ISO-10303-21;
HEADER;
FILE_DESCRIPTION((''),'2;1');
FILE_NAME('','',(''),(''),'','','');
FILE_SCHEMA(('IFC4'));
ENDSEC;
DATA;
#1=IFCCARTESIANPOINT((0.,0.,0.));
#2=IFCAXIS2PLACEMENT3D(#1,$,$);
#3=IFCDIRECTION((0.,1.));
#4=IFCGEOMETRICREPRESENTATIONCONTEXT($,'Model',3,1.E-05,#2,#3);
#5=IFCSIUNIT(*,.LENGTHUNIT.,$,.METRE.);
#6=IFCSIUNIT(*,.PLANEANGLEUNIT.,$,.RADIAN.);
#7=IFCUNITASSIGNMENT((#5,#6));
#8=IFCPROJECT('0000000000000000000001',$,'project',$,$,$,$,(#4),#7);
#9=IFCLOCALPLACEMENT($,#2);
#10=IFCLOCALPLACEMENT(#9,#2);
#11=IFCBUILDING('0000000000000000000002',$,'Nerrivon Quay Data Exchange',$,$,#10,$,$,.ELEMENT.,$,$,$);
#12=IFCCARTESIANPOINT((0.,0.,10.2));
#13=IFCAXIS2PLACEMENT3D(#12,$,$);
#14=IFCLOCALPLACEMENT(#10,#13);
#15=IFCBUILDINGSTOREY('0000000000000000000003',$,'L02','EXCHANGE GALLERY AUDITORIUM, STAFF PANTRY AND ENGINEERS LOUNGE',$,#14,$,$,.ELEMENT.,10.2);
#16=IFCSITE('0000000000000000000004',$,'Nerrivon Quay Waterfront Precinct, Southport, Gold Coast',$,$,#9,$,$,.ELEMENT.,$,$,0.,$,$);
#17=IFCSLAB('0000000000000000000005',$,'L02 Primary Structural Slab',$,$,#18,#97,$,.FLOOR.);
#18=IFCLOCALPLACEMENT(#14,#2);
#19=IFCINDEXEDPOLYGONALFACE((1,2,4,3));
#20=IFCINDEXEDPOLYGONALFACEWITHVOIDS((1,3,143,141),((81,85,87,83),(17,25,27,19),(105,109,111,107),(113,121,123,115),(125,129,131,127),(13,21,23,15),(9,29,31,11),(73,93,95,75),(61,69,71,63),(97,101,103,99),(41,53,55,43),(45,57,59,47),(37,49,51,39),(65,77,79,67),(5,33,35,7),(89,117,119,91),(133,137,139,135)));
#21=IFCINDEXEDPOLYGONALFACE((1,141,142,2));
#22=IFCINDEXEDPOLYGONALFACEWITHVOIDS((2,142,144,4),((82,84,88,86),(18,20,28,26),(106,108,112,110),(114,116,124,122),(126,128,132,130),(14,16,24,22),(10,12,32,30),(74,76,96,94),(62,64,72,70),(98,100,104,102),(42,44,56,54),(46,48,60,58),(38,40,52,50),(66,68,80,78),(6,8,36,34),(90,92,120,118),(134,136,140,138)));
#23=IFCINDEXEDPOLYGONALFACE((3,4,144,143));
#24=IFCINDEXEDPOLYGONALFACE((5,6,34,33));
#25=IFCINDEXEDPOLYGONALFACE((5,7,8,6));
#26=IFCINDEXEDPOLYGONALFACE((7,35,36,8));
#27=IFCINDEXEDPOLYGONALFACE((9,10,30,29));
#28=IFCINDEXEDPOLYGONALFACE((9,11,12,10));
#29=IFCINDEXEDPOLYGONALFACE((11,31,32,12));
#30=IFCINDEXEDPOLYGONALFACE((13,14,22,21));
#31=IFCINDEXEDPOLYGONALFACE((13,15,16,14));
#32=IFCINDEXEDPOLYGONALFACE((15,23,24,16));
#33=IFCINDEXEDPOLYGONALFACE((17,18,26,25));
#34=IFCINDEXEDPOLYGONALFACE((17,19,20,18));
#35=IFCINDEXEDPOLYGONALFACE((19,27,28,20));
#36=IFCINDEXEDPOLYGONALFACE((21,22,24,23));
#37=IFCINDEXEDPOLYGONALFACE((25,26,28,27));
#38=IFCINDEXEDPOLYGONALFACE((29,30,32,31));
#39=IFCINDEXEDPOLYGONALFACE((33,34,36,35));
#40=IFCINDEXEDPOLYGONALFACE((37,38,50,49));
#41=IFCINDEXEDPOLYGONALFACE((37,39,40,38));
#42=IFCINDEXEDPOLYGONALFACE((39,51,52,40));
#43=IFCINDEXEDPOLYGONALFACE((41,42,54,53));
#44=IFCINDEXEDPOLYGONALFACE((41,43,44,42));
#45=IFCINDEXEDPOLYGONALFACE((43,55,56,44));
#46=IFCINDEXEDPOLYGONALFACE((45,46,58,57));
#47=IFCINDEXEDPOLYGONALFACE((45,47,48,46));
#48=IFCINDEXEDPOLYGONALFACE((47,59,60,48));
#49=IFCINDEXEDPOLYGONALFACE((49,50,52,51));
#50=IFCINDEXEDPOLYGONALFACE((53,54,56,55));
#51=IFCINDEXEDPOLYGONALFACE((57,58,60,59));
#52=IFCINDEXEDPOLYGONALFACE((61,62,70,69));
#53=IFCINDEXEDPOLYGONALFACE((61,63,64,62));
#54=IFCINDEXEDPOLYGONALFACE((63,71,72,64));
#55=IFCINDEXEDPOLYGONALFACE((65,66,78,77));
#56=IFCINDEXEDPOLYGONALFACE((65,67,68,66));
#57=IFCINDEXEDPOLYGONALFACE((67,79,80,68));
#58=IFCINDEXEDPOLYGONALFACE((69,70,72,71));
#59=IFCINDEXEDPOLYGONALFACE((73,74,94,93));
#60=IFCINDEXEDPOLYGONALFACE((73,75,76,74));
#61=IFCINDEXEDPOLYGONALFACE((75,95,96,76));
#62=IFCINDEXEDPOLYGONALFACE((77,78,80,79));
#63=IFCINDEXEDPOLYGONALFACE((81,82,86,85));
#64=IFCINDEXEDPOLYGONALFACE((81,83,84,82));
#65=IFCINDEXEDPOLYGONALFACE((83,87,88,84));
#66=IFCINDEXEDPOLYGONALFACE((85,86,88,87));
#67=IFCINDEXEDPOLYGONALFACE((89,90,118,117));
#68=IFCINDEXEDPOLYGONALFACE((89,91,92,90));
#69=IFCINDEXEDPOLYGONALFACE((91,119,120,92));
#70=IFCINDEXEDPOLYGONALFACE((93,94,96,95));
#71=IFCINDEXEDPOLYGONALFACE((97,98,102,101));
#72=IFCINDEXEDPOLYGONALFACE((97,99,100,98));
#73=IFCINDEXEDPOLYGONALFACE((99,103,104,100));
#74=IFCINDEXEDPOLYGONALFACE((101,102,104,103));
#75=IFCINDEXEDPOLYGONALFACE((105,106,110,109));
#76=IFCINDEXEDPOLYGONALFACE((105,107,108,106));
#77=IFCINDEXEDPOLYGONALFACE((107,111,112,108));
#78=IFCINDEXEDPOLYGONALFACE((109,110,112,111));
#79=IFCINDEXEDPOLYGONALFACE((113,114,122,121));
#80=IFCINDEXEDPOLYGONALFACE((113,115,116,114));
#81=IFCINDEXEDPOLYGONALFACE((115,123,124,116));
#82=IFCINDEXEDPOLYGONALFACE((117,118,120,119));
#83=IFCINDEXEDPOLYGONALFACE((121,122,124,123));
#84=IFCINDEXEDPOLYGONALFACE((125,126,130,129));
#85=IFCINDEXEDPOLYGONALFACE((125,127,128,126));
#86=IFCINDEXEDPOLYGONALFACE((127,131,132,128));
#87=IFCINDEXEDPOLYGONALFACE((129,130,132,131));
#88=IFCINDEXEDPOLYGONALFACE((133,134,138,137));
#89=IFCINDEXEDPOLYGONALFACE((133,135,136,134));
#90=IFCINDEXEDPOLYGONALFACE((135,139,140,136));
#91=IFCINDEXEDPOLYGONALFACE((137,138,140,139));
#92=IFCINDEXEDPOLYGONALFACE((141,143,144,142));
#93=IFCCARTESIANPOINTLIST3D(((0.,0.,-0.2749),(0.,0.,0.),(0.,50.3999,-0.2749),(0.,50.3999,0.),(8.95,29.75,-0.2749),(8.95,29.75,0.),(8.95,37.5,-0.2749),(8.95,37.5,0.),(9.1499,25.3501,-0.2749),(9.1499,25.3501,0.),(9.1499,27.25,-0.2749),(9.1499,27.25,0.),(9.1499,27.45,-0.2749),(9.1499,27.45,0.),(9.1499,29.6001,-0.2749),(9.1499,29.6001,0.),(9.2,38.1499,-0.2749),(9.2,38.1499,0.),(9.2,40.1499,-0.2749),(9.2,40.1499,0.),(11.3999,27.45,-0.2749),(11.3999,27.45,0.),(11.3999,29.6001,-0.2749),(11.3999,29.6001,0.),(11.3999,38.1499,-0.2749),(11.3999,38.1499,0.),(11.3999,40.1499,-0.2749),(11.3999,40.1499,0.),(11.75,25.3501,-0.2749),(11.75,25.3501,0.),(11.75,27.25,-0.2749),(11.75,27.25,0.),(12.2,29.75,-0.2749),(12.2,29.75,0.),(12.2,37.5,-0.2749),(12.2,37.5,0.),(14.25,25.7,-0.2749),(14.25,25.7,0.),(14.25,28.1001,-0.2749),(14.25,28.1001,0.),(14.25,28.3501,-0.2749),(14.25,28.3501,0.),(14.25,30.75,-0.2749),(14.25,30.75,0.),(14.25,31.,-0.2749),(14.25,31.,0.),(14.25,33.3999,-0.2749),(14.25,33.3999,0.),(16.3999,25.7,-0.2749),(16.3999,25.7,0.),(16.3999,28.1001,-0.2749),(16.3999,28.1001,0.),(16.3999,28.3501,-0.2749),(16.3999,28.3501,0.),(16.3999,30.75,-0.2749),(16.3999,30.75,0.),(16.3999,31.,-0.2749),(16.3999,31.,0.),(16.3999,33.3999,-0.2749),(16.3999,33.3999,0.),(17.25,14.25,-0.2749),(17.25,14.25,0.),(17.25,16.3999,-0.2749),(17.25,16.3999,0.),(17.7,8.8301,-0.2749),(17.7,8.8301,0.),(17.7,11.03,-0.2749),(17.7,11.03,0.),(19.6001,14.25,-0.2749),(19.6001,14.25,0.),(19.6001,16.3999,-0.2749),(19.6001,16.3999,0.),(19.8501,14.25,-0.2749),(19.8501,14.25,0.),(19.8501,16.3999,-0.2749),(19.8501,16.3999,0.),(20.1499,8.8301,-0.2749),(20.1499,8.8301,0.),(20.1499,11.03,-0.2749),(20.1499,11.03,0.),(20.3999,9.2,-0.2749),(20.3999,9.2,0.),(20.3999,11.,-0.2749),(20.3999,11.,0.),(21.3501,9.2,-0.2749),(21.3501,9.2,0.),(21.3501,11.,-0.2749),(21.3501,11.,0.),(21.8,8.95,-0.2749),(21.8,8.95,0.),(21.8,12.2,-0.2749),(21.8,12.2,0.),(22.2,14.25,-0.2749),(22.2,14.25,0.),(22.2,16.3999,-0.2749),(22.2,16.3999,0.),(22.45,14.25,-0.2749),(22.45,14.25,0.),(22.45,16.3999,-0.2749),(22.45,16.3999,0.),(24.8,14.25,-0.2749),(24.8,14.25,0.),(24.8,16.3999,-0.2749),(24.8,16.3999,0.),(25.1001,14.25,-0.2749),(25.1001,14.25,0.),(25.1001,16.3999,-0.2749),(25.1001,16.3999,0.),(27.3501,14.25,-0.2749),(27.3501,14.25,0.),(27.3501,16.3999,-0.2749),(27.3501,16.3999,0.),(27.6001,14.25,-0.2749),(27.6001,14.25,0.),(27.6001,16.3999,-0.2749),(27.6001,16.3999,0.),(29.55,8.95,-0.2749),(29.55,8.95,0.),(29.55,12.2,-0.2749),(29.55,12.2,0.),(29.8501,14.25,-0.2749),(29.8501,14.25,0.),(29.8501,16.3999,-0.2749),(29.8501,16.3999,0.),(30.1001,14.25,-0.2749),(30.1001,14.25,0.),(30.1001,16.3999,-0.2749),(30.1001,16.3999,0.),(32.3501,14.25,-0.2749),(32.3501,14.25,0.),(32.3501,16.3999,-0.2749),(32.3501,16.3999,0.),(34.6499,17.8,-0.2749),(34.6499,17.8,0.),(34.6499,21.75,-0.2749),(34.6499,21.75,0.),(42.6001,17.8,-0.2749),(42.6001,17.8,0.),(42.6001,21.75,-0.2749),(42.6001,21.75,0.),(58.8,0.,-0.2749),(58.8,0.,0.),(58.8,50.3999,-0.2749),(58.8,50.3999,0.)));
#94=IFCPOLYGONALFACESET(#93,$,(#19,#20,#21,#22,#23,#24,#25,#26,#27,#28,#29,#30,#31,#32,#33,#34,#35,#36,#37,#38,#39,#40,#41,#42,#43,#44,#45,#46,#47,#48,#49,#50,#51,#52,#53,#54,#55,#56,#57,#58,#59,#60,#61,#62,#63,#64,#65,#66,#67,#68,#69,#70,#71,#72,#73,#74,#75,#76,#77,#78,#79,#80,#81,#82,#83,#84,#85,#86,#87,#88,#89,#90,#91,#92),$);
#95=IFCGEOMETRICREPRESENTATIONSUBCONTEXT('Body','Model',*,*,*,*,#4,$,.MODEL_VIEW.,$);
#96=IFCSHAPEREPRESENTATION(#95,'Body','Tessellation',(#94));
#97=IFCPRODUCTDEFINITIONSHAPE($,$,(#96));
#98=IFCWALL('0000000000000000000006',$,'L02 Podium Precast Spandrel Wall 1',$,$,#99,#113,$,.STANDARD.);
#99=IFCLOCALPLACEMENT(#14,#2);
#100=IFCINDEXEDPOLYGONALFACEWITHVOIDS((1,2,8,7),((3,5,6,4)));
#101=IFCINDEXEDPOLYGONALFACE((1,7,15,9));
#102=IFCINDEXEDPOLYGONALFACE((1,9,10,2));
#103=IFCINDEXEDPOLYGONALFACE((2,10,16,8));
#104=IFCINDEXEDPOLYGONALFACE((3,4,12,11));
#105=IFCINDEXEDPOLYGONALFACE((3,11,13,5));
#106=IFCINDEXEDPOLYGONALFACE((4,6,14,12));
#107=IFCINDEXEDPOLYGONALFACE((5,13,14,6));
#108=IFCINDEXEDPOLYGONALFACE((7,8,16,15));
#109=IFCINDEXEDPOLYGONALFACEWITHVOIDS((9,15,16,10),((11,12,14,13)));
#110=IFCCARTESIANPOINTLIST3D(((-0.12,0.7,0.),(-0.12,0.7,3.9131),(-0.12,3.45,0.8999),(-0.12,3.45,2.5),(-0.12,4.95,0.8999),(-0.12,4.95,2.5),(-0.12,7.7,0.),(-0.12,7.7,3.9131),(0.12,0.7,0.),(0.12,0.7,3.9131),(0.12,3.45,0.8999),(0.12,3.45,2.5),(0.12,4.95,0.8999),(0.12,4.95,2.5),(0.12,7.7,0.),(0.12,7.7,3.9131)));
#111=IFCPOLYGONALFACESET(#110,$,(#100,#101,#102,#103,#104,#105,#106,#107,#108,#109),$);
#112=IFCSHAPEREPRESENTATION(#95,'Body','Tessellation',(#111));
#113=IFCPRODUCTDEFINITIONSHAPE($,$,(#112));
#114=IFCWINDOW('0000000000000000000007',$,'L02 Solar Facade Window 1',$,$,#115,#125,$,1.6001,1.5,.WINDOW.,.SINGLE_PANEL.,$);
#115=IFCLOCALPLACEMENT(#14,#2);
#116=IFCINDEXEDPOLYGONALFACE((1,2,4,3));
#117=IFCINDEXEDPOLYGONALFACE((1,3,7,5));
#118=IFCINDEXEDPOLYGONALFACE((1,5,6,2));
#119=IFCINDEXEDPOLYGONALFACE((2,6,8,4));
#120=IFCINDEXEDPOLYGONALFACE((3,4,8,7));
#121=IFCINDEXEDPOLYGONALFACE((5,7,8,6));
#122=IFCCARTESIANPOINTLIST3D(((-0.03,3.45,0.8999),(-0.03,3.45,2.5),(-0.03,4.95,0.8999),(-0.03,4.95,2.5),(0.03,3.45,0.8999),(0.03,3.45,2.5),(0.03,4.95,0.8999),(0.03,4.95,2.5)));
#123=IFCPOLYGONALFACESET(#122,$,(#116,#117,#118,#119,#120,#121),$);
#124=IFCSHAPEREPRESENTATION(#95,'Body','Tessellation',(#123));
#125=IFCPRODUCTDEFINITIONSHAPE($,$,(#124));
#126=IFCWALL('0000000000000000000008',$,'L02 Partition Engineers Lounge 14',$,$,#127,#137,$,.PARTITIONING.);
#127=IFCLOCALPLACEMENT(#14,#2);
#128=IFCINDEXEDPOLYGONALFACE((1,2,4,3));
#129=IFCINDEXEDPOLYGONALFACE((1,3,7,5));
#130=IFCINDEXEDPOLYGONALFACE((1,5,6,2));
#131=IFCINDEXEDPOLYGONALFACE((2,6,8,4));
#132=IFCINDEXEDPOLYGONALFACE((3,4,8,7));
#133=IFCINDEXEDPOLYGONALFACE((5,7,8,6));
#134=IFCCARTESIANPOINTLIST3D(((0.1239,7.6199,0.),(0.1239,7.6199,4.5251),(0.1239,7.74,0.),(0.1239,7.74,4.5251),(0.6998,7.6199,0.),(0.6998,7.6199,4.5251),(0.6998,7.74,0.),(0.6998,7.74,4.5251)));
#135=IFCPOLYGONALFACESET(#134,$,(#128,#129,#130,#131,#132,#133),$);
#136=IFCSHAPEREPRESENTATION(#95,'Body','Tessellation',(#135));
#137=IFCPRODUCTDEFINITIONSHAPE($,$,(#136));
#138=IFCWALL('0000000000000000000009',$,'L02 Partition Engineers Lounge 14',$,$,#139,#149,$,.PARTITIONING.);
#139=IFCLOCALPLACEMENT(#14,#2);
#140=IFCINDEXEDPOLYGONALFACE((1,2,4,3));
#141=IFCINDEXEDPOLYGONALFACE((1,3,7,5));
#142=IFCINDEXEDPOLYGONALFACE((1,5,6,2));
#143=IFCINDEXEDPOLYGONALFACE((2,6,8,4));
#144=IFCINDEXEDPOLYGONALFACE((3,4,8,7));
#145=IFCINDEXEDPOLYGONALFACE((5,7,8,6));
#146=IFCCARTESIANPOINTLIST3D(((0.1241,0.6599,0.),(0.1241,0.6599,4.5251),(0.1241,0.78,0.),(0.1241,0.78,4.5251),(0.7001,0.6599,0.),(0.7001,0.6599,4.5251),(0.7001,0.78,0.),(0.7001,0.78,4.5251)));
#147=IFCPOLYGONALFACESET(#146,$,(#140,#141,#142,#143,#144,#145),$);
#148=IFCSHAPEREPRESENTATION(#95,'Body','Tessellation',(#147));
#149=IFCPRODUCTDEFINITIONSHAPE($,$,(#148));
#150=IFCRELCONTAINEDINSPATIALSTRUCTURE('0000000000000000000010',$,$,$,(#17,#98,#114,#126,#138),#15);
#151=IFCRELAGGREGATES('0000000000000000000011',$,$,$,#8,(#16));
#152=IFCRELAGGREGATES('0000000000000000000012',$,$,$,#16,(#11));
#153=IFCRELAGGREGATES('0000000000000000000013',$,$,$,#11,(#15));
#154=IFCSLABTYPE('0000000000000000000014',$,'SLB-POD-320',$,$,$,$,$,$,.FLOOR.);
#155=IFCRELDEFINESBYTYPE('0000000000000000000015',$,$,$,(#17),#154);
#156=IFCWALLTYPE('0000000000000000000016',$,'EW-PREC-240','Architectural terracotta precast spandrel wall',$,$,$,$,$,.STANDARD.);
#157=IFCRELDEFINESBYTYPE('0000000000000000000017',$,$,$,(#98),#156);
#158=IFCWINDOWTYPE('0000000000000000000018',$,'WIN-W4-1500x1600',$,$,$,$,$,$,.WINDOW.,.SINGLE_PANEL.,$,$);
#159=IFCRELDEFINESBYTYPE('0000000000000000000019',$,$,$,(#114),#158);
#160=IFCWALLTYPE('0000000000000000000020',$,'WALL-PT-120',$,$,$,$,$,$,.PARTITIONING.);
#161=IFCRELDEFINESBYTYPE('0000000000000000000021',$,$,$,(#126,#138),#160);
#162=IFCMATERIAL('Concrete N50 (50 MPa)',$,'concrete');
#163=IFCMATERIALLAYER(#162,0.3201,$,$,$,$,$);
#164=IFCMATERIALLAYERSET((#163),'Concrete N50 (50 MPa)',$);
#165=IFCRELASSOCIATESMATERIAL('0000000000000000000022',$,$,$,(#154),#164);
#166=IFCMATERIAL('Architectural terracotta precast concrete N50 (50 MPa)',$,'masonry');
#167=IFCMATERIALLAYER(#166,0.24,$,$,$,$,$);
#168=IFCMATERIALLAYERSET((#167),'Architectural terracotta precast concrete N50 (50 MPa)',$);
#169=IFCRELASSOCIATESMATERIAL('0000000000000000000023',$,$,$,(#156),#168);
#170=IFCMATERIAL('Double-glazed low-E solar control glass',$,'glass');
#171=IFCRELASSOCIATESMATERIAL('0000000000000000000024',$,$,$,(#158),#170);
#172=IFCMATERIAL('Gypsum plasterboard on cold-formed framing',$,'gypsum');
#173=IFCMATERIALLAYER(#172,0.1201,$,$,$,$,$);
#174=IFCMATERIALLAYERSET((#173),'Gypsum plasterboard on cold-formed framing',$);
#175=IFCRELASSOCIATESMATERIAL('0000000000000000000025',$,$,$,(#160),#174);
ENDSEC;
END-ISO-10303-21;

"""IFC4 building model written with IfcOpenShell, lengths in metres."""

from ifc_helpers import new_model, si_unit, direction, frame, frame_2d, origin, place, context, subcontext, project, spatial, polyline, rectangle, outline, extrude, material, layer, layer_set, type_object, element, fill, save


model = new_model("IFC4")

# Units and contexts
model_context = context("Model", 3, precision=1e-05, world=origin(), true_north=direction((0.0, 1.0)))
body_context = subcontext(model_context, "Body", "Model", "MODEL_VIEW")
ifc_project = project(units=[si_unit("LENGTHUNIT", "METRE"), si_unit("PLANEANGLEUNIT", "RADIAN")], contexts=[model_context])

# Site, building, storey
site_placement = place(None, origin())
site = spatial("IfcSite", under=ifc_project, at=site_placement, Name="Nerrivon Quay Waterfront Precinct, Southport, Gold Coast", CompositionType="ELEMENT", RefElevation=0.0)
building_placement = place(site_placement, origin())
building = spatial("IfcBuilding", under=site, at=building_placement, Name="Nerrivon Quay Data Exchange", CompositionType="ELEMENT")
storey_placement = place(building_placement, frame((0.0, 0.0, 10.2)))
storey = spatial("IfcBuildingStorey", under=building, at=storey_placement, Name="L02", Description="EXCHANGE GALLERY AUDITORIUM, STAFF PANTRY AND ENGINEERS LOUNGE", CompositionType="ELEMENT", Elevation=10.2)

# Shared definitions
ifc_material_1 = material(Name="Concrete N50 (50 MPa)", Category="concrete")

# Slab
ifc_layer_1 = layer(ifc_material_1, 0.3201)
ifc_layer_set_1 = layer_set([ifc_layer_1], Name="Concrete N50 (50 MPa)")
slab_type_1 = type_object("IfcSlabType", Name="SLB-POD-320", PredefinedType="FLOOR", material=ifc_layer_set_1)
slab_1_placement = place(storey_placement, frame((0.0, 0.0, -0.2749)))
element("IfcSlab", 1, at=slab_1_placement, inside=storey, type_object=slab_type_1, Name="L02 Primary Structural Slab", PredefinedType="FLOOR", context=body_context, shape_type="SweptSolid", body=[
    extrude(outline(polyline([(58.8, 0.0), (58.8, 50.3999), (0.0, 50.3999), (0.0, 0.0), (58.8, 0.0)]), holes=[polyline([(8.95, 29.75), (8.95, 37.5), (12.2, 37.5), (12.2, 29.75), (8.95, 29.75)]), polyline([(21.8, 12.2), (29.55, 12.2), (29.55, 8.95), (21.8, 8.95), (21.8, 12.2)]), polyline([(34.6499, 21.75), (42.6001, 21.75), (42.6001, 17.8), (34.6499, 17.8), (34.6499, 21.75)]), polyline([(30.1001, 16.3999), (32.3501, 16.3999), (32.3501, 14.25), (30.1001, 14.25), (30.1001, 16.3999)]), polyline([(27.6001, 16.3999), (29.8501, 16.3999), (29.8501, 14.25), (27.6001, 14.25), (27.6001, 16.3999)]), polyline([(25.1001, 16.3999), (27.3501, 16.3999), (27.3501, 14.25), (25.1001, 14.25), (25.1001, 16.3999)]), polyline([(22.45, 16.3999), (24.8, 16.3999), (24.8, 14.25), (22.45, 14.25), (22.45, 16.3999)]), polyline([(19.8501, 16.3999), (22.2, 16.3999), (22.2, 14.25), (19.8501, 14.25), (19.8501, 16.3999)]), polyline([(20.3999, 11.0), (21.3501, 11.0), (21.3501, 9.2), (20.3999, 9.2), (20.3999, 11.0)]), polyline([(17.7, 8.8301), (17.7, 11.03), (20.1499, 11.03), (20.1499, 8.8301), (17.7, 8.8301)]), polyline([(17.25, 14.25), (17.25, 16.3999), (19.6001, 16.3999), (19.6001, 14.25), (17.25, 14.25)]), polyline([(14.25, 28.1001), (16.3999, 28.1001), (16.3999, 25.7), (14.25, 25.7), (14.25, 28.1001)]), polyline([(14.25, 30.75), (16.3999, 30.75), (16.3999, 28.3501), (14.25, 28.3501), (14.25, 30.75)]), polyline([(14.25, 33.3999), (16.3999, 33.3999), (16.3999, 31.0), (14.25, 31.0), (14.25, 33.3999)]), polyline([(9.1499, 27.25), (11.75, 27.25), (11.75, 25.3501), (9.1499, 25.3501), (9.1499, 27.25)]), polyline([(9.1499, 29.6001), (11.3999, 29.6001), (11.3999, 27.45), (9.1499, 27.45), (9.1499, 29.6001)]), polyline([(9.2, 40.1499), (11.3999, 40.1499), (11.3999, 38.1499), (9.2, 38.1499), (9.2, 40.1499)])]), origin(), (0.0, 0.0, 1.0), 0.2749),
])

# Wall, opening, window
ifc_material_2 = material(Name="Architectural terracotta precast concrete N50 (50 MPa)", Category="masonry")
ifc_layer_2 = layer(ifc_material_2, 0.24)
ifc_layer_set_2 = layer_set([ifc_layer_2], Name="Architectural terracotta precast concrete N50 (50 MPa)")
wall_type_1 = type_object("IfcWallType", Name="EW-PREC-240", Description="Architectural terracotta precast spandrel wall", PredefinedType="STANDARD", material=ifc_layer_set_2)
wall_placement = place(storey_placement, frame((0.0, 0.7, 0.0), z_axis=(0.0, 0.0, 1.0), x_axis=(0.0, 1.0, 0.0)))
wall = element("IfcWall", 2, at=wall_placement, inside=storey, type_object=wall_type_1, Name="L02 Podium Precast Spandrel Wall 1", PredefinedType="STANDARD", context=body_context, shape_type="SweptSolid", body=[
    extrude(rectangle(XDim=7.0, YDim=0.24, at=frame_2d((3.5, 0.0))), origin(), (0.0, 0.0, 1.0), 3.9131),
])
opening_placement = place(wall_placement, frame((2.75, 0.0, 0.8999)))
opening = element("IfcOpeningElement", 3, at=opening_placement, cuts=wall, PredefinedType="OPENING", context=body_context, shape_type="SweptSolid", body=[
    extrude(rectangle(XDim=1.5, YDim=1.6001, at=frame_2d((0.75, 0.8))), frame((0.0, 0.1299, 0.0), z_axis=(0.0, -1.0, 0.0), x_axis=(1.0, 0.0, 0.0)), (0.0, 0.0, 1.0), 0.26),
])
ifc_material_3 = material(Name="Double-glazed low-E solar control glass", Category="glass")
window_type = type_object("IfcWindowType", Name="WIN-W4-1500x1600", PartitioningType="SINGLE_PANEL", PredefinedType="WINDOW", material=ifc_material_3)
window_placement = place(opening_placement, origin())
window = element("IfcWindow", 4, at=window_placement, inside=storey, type_object=window_type, Name="L02 Solar Facade Window 1", OverallHeight=1.6001, OverallWidth=1.5, PartitioningType="SINGLE_PANEL", PredefinedType="WINDOW", context=body_context, shape_type="SweptSolid", body=[
    extrude(rectangle(XDim=1.5, YDim=1.6001, at=frame_2d((0.75, 0.8))), frame((0.0, 0.03, 0.0), z_axis=(0.0, -1.0, 0.0), x_axis=(1.0, 0.0, 0.0)), (0.0, 0.0, 1.0), 0.0601),
])
fill(opening, window)

# Walls
ifc_material_4 = material(Name="Gypsum plasterboard on cold-formed framing", Category="gypsum")
ifc_layer_3 = layer(ifc_material_4, 0.1201)
ifc_layer_set_3 = layer_set([ifc_layer_3], Name="Gypsum plasterboard on cold-formed framing")
wall_type_2 = type_object("IfcWallType", Name="WALL-PT-120", PredefinedType="PARTITIONING", material=ifc_layer_set_3)
for number, where, z_axis, x_axis, name in (
    (5, (0.7, 7.6799, 0.0), (0.0, 0.0, 1.0), (-1.0, 0.0, 0.0), "L02 Partition Engineers Lounge 14"),
    (6, (0.124, 0.72, 0.0), (0.0, 0.0, 1.0), (1.0, 0.0, 0.0), "L02 Partition Engineers Lounge 14"),
):
    element("IfcWall", number, at=place(storey_placement, frame(where, z_axis=z_axis, x_axis=x_axis)), inside=storey, type_object=wall_type_2, Name=name, PredefinedType="PARTITIONING", context=body_context, shape_type="SweptSolid", body=[
        extrude(rectangle(XDim=0.5759, YDim=0.1201, at=frame_2d((0.2881, 0.0))), origin(), (0.0, 0.0, 1.0), 4.5251),
    ])

save(model, "model.ifc")
